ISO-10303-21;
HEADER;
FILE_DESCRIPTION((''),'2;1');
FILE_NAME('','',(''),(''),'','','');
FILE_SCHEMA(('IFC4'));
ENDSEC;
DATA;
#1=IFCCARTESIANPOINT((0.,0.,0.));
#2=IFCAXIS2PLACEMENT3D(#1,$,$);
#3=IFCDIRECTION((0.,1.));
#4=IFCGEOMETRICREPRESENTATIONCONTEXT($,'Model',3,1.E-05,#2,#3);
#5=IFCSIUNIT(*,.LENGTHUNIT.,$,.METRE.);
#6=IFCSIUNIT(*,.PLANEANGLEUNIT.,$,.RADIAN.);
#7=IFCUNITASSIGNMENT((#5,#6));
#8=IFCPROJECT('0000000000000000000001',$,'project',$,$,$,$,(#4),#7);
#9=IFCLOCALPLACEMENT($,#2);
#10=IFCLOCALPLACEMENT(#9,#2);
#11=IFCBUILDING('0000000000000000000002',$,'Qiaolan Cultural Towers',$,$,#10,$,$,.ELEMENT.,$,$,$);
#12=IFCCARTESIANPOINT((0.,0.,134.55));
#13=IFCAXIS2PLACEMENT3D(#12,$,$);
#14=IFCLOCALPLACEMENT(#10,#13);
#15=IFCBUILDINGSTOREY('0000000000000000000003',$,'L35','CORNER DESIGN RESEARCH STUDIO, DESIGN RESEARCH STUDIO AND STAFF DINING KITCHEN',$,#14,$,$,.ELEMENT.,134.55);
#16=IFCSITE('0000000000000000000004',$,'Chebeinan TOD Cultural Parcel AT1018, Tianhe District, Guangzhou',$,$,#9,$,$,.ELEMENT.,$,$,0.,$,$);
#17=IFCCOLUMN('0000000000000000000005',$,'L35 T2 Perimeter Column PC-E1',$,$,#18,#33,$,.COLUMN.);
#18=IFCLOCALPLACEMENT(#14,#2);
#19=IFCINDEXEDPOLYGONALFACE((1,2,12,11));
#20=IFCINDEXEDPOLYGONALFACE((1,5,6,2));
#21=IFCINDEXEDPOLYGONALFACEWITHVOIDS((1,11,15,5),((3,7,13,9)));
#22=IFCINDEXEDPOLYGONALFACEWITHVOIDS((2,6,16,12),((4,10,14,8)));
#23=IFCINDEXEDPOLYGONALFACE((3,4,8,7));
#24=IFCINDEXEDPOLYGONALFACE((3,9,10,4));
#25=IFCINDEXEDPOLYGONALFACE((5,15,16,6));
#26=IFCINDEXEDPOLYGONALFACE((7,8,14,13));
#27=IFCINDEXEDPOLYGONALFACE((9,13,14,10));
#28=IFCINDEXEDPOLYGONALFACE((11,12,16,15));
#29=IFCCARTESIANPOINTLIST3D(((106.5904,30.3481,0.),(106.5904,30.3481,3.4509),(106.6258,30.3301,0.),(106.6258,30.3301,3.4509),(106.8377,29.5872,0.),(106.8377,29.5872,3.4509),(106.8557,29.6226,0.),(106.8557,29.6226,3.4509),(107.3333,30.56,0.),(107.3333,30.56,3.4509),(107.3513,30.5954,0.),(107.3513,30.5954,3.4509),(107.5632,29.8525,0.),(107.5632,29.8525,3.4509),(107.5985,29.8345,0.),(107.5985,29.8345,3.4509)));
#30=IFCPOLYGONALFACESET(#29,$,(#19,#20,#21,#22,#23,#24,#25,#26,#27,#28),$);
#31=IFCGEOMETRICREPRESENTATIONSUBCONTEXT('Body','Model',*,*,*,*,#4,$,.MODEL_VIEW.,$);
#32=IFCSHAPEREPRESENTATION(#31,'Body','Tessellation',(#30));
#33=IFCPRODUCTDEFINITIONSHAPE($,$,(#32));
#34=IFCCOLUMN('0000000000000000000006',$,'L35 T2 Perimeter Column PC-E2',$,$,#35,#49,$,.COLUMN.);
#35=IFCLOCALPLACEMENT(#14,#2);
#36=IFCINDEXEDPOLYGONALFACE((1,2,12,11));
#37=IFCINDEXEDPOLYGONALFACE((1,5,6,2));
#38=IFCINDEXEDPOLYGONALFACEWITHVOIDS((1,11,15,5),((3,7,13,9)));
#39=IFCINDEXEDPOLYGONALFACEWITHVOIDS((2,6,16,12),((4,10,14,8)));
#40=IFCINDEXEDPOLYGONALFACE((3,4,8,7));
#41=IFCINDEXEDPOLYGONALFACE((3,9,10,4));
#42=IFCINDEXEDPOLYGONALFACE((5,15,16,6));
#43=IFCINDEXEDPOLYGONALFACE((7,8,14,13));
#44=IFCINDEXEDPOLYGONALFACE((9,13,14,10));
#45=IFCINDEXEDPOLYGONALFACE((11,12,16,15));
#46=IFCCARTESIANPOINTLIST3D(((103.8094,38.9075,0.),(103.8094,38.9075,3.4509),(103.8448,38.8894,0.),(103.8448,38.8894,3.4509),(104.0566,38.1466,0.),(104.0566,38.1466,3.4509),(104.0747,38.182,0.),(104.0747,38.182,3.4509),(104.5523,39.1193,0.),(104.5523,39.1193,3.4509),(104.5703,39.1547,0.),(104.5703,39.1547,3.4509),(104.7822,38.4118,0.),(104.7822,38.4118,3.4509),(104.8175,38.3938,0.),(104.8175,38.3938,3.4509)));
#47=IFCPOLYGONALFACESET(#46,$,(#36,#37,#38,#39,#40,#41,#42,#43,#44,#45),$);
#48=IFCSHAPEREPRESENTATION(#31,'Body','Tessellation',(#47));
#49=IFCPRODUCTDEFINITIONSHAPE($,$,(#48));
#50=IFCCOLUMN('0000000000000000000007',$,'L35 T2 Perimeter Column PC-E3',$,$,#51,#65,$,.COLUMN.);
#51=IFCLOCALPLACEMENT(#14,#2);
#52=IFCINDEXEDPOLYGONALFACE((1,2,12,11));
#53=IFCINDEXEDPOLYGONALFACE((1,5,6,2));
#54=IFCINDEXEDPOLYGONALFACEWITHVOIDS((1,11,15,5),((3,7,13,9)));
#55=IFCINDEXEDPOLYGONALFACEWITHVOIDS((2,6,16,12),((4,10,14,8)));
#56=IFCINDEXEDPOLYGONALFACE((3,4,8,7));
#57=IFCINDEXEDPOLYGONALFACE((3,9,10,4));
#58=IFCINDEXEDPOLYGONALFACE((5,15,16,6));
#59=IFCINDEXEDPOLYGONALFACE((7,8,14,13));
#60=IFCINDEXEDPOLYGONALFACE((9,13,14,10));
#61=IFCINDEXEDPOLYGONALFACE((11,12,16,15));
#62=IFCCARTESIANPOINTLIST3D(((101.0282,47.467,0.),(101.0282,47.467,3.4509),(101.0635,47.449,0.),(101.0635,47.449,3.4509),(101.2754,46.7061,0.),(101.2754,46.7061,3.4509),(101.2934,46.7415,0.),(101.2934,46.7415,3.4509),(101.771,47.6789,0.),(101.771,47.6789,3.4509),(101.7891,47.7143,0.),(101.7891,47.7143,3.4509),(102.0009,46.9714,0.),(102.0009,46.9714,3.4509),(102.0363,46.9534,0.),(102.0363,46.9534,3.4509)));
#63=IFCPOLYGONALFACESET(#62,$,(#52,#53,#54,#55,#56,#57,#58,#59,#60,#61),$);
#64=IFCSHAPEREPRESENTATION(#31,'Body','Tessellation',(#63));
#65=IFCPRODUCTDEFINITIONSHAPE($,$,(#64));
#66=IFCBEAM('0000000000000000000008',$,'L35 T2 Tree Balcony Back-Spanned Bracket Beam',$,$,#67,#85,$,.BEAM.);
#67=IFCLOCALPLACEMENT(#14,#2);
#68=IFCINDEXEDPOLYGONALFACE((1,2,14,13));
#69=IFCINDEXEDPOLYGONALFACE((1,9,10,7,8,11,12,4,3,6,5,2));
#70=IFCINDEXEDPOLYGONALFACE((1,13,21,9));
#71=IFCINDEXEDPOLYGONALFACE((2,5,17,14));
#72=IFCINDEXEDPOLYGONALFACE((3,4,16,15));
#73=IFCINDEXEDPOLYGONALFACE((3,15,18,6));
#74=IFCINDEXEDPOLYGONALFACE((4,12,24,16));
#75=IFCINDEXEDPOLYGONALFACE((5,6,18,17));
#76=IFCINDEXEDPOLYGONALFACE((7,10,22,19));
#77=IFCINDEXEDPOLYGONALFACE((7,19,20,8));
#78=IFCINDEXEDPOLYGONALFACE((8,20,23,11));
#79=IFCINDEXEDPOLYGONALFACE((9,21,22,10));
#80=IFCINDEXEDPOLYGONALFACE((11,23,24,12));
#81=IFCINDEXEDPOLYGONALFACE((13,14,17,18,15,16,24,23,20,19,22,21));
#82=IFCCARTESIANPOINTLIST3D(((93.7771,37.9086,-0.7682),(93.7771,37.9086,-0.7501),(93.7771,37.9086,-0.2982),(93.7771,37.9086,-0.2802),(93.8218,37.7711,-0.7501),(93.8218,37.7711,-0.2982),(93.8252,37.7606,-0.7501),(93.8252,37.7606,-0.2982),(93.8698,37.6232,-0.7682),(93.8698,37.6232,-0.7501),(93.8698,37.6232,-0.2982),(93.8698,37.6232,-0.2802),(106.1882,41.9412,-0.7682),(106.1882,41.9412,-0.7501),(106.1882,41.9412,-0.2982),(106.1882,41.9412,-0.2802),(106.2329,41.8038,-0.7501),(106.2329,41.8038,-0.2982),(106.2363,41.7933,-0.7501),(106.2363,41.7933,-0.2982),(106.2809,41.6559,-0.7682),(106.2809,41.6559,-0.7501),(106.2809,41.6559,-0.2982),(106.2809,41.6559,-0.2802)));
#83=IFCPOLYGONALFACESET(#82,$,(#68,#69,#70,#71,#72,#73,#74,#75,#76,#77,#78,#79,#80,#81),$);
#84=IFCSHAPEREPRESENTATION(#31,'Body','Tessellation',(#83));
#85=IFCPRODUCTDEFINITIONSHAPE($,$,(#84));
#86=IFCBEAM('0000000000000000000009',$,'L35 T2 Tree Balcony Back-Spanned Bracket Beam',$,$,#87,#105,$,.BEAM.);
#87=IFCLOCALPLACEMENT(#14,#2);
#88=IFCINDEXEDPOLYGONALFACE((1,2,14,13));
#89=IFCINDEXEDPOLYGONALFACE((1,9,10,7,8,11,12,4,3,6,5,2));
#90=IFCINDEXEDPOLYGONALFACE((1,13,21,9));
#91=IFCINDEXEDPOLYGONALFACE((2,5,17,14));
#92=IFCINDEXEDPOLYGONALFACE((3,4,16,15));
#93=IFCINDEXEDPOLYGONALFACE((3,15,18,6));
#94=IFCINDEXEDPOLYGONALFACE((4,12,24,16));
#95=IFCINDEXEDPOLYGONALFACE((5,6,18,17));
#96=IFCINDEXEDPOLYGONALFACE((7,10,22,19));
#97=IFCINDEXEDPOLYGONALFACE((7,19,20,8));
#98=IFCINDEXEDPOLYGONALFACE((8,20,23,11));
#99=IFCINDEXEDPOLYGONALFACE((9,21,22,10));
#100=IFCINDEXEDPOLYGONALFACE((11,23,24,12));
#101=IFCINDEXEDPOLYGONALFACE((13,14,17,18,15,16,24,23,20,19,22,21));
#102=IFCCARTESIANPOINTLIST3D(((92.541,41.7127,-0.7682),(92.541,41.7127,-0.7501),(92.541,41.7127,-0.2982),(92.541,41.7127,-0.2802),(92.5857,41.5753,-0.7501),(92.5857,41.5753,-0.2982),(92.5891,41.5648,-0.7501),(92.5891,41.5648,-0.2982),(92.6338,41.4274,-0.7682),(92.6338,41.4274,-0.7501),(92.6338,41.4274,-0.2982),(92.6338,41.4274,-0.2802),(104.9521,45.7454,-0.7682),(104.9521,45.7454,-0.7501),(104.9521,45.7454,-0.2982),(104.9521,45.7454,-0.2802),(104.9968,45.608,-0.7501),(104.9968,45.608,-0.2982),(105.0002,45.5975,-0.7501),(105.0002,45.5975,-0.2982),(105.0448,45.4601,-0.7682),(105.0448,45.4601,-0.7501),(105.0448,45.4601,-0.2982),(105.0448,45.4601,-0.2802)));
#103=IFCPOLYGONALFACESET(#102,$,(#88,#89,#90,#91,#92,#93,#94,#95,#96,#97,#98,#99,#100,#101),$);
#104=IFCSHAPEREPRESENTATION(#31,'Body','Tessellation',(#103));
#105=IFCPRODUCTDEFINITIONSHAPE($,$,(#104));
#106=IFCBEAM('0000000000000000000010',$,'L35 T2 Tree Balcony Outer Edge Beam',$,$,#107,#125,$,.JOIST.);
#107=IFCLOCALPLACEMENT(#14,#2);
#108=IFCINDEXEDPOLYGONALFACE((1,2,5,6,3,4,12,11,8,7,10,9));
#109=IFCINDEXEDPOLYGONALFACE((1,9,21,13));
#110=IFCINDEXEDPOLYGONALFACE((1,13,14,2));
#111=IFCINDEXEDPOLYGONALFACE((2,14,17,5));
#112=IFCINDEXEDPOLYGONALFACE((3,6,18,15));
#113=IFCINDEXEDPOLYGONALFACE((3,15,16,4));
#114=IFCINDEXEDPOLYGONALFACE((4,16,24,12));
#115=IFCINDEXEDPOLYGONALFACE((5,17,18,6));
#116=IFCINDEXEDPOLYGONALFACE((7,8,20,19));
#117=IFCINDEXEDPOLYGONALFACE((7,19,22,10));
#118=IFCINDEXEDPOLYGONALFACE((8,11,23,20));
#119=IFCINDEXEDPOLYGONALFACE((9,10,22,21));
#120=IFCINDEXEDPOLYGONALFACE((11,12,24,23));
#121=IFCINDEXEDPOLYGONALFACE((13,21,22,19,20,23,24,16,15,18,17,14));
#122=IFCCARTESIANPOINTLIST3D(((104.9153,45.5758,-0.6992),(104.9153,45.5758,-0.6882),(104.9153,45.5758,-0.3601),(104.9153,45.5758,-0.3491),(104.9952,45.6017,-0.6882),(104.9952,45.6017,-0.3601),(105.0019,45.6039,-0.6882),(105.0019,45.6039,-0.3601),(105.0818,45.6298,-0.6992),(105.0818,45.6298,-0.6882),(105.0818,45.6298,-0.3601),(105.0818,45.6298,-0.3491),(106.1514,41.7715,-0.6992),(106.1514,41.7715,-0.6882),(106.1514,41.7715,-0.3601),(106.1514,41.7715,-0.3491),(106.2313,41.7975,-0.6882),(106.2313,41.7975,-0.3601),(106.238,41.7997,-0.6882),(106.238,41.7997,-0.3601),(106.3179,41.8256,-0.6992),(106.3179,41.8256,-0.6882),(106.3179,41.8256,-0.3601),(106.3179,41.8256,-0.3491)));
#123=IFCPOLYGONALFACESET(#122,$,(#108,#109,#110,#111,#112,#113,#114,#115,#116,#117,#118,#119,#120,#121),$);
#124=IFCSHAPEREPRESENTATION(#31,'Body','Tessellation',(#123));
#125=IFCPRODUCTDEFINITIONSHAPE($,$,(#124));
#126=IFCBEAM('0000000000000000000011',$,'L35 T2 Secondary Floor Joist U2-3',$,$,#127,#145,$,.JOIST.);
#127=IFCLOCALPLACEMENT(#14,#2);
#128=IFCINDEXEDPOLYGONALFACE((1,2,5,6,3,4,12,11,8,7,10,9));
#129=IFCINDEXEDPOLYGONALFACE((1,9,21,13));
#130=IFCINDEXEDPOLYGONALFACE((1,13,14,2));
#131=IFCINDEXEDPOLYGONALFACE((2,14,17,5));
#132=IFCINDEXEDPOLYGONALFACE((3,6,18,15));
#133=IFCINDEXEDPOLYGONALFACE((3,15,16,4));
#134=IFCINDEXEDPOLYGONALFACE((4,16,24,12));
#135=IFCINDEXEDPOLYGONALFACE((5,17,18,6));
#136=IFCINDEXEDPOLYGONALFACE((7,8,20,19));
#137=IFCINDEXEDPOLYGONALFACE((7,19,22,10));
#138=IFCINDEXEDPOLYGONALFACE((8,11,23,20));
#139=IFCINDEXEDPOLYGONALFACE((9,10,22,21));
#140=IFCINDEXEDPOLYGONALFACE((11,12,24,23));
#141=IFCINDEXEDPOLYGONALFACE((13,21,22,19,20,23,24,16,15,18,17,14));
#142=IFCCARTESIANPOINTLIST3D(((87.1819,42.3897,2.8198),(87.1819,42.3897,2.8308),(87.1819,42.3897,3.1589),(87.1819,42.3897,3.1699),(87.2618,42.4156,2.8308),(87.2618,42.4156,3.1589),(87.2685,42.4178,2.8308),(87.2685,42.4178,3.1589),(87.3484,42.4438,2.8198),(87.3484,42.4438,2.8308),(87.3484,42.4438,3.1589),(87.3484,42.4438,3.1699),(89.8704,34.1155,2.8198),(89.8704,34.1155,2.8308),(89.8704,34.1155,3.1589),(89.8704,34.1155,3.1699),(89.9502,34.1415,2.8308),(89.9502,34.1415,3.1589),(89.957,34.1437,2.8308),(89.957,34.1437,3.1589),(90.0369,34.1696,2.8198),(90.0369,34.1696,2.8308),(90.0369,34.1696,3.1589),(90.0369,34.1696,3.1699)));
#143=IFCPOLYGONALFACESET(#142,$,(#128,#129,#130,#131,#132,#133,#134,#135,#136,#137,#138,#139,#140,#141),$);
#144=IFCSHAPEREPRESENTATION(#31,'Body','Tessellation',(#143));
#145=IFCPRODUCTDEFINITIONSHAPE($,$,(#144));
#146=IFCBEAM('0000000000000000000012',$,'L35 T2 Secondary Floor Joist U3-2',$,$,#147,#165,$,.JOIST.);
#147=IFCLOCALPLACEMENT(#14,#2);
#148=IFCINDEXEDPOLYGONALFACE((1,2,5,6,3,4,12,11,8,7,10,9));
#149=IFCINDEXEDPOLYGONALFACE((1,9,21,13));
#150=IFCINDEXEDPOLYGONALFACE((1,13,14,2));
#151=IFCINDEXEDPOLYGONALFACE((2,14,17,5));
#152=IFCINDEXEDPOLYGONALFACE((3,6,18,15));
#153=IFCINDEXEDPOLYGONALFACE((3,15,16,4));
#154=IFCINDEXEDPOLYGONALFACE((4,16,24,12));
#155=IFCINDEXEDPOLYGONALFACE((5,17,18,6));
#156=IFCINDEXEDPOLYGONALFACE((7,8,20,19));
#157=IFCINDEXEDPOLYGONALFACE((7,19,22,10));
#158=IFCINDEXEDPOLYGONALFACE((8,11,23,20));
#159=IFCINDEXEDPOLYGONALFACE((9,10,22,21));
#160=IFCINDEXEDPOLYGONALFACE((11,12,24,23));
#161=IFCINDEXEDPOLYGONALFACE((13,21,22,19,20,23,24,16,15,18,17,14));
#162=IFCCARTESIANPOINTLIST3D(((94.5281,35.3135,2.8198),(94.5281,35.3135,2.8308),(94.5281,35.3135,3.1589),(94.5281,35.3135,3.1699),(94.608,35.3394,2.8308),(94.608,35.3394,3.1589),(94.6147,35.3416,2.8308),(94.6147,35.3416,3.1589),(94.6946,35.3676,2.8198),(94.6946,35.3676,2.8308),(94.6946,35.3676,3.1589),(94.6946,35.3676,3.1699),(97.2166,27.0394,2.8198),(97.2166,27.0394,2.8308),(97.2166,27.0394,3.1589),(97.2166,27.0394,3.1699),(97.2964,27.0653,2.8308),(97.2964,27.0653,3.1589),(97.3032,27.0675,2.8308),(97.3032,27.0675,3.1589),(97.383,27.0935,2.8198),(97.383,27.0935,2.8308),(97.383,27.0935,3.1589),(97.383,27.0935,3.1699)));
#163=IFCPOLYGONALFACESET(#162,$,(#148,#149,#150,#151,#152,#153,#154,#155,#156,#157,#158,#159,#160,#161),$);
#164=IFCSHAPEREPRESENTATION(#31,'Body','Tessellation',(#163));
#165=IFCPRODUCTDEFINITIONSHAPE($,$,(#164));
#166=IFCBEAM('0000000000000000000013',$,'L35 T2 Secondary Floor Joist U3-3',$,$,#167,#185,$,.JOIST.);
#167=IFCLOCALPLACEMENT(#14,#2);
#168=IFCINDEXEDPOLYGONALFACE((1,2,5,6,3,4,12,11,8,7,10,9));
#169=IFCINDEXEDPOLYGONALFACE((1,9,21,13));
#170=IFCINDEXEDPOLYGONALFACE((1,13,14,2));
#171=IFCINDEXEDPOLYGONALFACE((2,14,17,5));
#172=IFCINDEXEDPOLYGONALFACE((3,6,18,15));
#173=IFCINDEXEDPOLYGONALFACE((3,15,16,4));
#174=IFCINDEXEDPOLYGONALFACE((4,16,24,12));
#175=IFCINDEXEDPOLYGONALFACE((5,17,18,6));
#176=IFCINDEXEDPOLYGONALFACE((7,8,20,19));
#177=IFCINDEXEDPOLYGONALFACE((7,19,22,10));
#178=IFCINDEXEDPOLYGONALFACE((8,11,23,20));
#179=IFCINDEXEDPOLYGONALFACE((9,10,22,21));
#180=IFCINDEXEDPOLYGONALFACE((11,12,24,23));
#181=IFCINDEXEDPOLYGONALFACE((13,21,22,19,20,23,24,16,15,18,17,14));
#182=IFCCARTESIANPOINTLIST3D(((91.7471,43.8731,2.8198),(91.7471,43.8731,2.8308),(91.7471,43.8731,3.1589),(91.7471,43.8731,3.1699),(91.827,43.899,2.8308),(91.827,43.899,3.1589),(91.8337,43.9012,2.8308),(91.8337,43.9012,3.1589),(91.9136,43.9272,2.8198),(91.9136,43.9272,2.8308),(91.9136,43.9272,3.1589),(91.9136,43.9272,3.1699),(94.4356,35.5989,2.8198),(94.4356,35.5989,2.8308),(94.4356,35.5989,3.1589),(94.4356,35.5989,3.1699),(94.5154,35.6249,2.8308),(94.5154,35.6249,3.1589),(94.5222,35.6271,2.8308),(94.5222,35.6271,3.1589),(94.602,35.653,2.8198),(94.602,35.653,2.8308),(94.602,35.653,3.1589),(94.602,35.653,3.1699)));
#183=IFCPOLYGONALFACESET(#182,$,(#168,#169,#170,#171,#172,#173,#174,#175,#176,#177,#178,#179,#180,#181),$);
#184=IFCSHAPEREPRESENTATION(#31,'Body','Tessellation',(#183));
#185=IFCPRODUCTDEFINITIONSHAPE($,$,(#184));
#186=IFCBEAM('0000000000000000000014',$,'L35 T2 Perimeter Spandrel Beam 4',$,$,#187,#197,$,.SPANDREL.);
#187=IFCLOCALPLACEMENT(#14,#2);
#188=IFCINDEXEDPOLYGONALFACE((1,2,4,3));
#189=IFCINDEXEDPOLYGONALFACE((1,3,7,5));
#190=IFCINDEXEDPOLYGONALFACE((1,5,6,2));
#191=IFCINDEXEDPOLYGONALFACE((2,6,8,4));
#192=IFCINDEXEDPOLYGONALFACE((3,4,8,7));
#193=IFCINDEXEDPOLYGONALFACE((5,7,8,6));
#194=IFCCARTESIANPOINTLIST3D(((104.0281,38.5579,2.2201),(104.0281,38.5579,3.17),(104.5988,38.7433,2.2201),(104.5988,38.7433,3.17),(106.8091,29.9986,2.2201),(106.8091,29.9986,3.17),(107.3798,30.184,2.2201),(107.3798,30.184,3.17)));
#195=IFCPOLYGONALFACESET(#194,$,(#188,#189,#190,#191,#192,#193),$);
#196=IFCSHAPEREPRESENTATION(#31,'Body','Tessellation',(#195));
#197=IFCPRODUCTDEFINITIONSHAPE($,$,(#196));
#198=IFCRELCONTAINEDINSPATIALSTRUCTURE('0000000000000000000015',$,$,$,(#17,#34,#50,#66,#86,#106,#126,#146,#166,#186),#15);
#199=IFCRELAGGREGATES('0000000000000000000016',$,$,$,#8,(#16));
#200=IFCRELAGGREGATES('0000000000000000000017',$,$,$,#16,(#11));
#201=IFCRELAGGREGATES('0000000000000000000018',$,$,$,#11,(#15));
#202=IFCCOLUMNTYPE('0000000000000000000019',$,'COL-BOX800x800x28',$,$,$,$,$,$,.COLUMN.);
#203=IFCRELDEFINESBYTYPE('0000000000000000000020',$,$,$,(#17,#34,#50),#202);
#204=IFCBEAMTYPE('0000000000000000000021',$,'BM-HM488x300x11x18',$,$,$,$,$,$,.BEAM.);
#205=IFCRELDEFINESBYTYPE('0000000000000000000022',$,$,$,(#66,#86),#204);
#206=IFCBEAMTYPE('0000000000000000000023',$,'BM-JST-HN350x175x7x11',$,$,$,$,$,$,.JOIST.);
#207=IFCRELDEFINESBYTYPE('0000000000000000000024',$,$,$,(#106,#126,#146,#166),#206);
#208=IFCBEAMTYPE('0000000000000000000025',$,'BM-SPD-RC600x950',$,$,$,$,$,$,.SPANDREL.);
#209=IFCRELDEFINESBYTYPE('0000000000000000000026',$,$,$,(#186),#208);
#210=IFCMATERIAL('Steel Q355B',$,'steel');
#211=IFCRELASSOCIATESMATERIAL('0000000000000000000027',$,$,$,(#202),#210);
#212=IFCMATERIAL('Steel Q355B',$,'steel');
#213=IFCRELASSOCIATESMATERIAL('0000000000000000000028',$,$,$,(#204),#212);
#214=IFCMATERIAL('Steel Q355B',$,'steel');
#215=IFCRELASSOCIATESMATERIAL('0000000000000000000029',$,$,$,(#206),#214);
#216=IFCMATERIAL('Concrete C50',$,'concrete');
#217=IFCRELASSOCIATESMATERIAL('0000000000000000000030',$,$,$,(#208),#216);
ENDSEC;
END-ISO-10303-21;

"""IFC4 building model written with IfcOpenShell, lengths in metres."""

from ifc_helpers import new_model, si_unit, direction, frame, origin, origin_2d, place, context, subcontext, project, spatial, rectangle, hollow_rectangle, i_section, extrude, material, material_profile, profile_set, type_object, element, save


model = new_model("IFC4")

# Units and contexts
model_context = context("Model", 3, precision=1e-05, world=origin(), true_north=direction((0.0, 1.0)))
body_context = subcontext(model_context, "Body", "Model", "MODEL_VIEW")
ifc_project = project(units=[si_unit("LENGTHUNIT", "METRE"), si_unit("PLANEANGLEUNIT", "RADIAN")], contexts=[model_context])

# Site, building, storey
site_placement = place(None, origin())
site = spatial("IfcSite", under=ifc_project, at=site_placement, Name="Chebeinan TOD Cultural Parcel AT1018, Tianhe District, Guangzhou", CompositionType="ELEMENT", RefElevation=0.0)
building_placement = place(site_placement, origin())
building = spatial("IfcBuilding", under=site, at=building_placement, Name="Qiaolan Cultural Towers", CompositionType="ELEMENT")
storey_placement = place(building_placement, frame((0.0, 0.0, 134.55)))
storey = spatial("IfcBuildingStorey", under=building, at=storey_placement, Name="L35", Description="CORNER DESIGN RESEARCH STUDIO, DESIGN RESEARCH STUDIO AND STAFF DINING KITCHEN", CompositionType="ELEMENT", Elevation=134.55)

# Columns
ifc_material_1 = material(Name="Steel Q355B", Category="steel")
ifc_material_profile_1 = material_profile(ifc_material_1, hollow_rectangle(XDim=0.8, YDim=0.8, WallThickness=0.0281, at=origin_2d()), Name="BOX800x800x28")
ifc_profile_set_1 = profile_set([ifc_material_profile_1], Name="Steel Q355B")
column_type = type_object("IfcColumnType", Name="COL-BOX800x800x28", PredefinedType="COLUMN", material=ifc_profile_set_1)
for number, where, z_axis, x_axis, name in (
    (1, (107.0945, 30.0913, 0.0), (0.0, 0.0, 1.0), (0.951057, 0.309017, 0.0), "L35 T2 Perimeter Column PC-E1"),
    (2, (104.3135, 38.6506, 0.0), (0.0, 0.0, 1.0), (0.951057, 0.309017, 0.0), "L35 T2 Perimeter Column PC-E2"),
    (3, (101.5322, 47.2102, 0.0), (0.0, 0.0, 1.0), (0.951057, 0.309017, 0.0), "L35 T2 Perimeter Column PC-E3"),
):
    element("IfcColumn", number, at=place(storey_placement, frame(where, z_axis=z_axis, x_axis=x_axis)), inside=storey, type_object=column_type, Name=name, PredefinedType="COLUMN", context=body_context, shape_type="SweptSolid", body=[
        extrude(hollow_rectangle(XDim=0.8, YDim=0.8, WallThickness=0.0281, at=origin_2d()), origin(), (0.0, 0.0, 1.0), 3.4509),
    ])

# Beams
ifc_material_2 = material(Name="Steel Q355B", Category="steel")
ifc_material_profile_2 = material_profile(ifc_material_2, i_section(OverallWidth=0.3, OverallDepth=0.488, WebThickness=0.011, FlangeThickness=0.0181, at=origin_2d()), Name="HM488x300x11x18")
ifc_profile_set_2 = profile_set([ifc_material_profile_2], Name="Steel Q355B")
beam_type_1 = type_object("IfcBeamType", Name="BM-HM488x300x11x18", PredefinedType="BEAM", material=ifc_profile_set_2)
for number, where, z_axis, x_axis, name in (
    (4, (93.8235, 37.7659, -0.5242), (0.951054, 0.309023, 0.0), (-0.309023, 0.951054, 0.0), "L35 T2 Tree Balcony Back-Spanned Bracket Beam"),
    (5, (92.5874, 41.5701, -0.5242), (0.951054, 0.309023, 0.0), (-0.309023, 0.951054, 0.0), "L35 T2 Tree Balcony Back-Spanned Bracket Beam"),
):
    element("IfcBeam", number, at=place(storey_placement, frame(where, z_axis=z_axis, x_axis=x_axis)), inside=storey, type_object=beam_type_1, Name=name, PredefinedType="BEAM", context=body_context, shape_type="SweptSolid", body=[
        extrude(i_section(OverallWidth=0.3, OverallDepth=0.488, WebThickness=0.011, FlangeThickness=0.0181, at=origin_2d()), origin(), (0.0, 0.0, 1.0), 13.0498),
    ])
ifc_material_3 = material(Name="Steel Q355B", Category="steel")
ifc_material_profile_3 = material_profile(ifc_material_3, i_section(OverallWidth=0.175, OverallDepth=0.3501, WebThickness=0.0071, FlangeThickness=0.011, at=origin_2d()), Name="HN350x175x7x11")
ifc_profile_set_3 = profile_set([ifc_material_profile_3], Name="Steel Q355B")
beam_type_2 = type_object("IfcBeamType", Name="BM-JST-HN350x175x7x11", PredefinedType="JOIST", material=ifc_profile_set_3)
beam_1_placement = place(storey_placement, frame((106.2346, 41.7986, -0.5242), z_axis=(-0.309023, 0.951055, 0.0), x_axis=(-0.951055, -0.309023, 0.0)))
element("IfcBeam", 6, at=beam_1_placement, inside=storey, type_object=beam_type_2, Name="L35 T2 Tree Balcony Outer Edge Beam", PredefinedType="JOIST", context=body_context, shape_type="SweptSolid", body=[
    extrude(i_section(OverallWidth=0.175, OverallDepth=0.3501, WebThickness=0.0071, FlangeThickness=0.011, at=origin_2d()), origin(), (0.0, 0.0, 1.0), 4.0),
])
for number, where, z_axis, x_axis, name in (
    (7, (89.9536, 34.1426, 2.9949), (-0.309021, 0.951055, 0.0), (-0.951055, -0.309021, 0.0), "L35 T2 Secondary Floor Joist U2-3"),
    (8, (97.2998, 27.0664, 2.9949), (-0.309021, 0.951055, 0.0), (-0.951055, -0.309021, 0.0), "L35 T2 Secondary Floor Joist U3-2"),
    (9, (94.5188, 35.626, 2.9949), (-0.309021, 0.951055, 0.0), (-0.951055, -0.309021, 0.0), "L35 T2 Secondary Floor Joist U3-3"),
):
    element("IfcBeam", number, at=place(storey_placement, frame(where, z_axis=z_axis, x_axis=x_axis)), inside=storey, type_object=beam_type_2, Name=name, PredefinedType="JOIST", context=body_context, shape_type="SweptSolid", body=[
        extrude(i_section(OverallWidth=0.175, OverallDepth=0.3501, WebThickness=0.0071, FlangeThickness=0.011, at=origin_2d()), origin(), (0.0, 0.0, 1.0), 8.7),
    ])
ifc_material_4 = material(Name="Concrete C50", Category="concrete")
ifc_material_profile_4 = material_profile(ifc_material_4, rectangle(XDim=0.6001, YDim=0.95, at=origin_2d()), Name="RC600x950")
ifc_profile_set_4 = profile_set([ifc_material_profile_4], Name="Concrete C50")
beam_type_3 = type_object("IfcBeamType", Name="BM-SPD-RC600x950", PredefinedType="SPANDREL", material=ifc_profile_set_4)
beam_2_placement = place(storey_placement, frame((107.0945, 30.0913, 2.6951), z_axis=(-0.309008, 0.951059, 0.0), x_axis=(-0.951059, -0.309008, 0.0)))
element("IfcBeam", 10, at=beam_2_placement, inside=storey, type_object=beam_type_3, Name="L35 T2 Perimeter Spandrel Beam 4", PredefinedType="SPANDREL", context=body_context, shape_type="SweptSolid", body=[
    extrude(rectangle(XDim=0.6001, YDim=0.95, at=origin_2d()), origin(), (0.0, 0.0, 1.0), 8.9998),
])

save(model, "model.ifc")
